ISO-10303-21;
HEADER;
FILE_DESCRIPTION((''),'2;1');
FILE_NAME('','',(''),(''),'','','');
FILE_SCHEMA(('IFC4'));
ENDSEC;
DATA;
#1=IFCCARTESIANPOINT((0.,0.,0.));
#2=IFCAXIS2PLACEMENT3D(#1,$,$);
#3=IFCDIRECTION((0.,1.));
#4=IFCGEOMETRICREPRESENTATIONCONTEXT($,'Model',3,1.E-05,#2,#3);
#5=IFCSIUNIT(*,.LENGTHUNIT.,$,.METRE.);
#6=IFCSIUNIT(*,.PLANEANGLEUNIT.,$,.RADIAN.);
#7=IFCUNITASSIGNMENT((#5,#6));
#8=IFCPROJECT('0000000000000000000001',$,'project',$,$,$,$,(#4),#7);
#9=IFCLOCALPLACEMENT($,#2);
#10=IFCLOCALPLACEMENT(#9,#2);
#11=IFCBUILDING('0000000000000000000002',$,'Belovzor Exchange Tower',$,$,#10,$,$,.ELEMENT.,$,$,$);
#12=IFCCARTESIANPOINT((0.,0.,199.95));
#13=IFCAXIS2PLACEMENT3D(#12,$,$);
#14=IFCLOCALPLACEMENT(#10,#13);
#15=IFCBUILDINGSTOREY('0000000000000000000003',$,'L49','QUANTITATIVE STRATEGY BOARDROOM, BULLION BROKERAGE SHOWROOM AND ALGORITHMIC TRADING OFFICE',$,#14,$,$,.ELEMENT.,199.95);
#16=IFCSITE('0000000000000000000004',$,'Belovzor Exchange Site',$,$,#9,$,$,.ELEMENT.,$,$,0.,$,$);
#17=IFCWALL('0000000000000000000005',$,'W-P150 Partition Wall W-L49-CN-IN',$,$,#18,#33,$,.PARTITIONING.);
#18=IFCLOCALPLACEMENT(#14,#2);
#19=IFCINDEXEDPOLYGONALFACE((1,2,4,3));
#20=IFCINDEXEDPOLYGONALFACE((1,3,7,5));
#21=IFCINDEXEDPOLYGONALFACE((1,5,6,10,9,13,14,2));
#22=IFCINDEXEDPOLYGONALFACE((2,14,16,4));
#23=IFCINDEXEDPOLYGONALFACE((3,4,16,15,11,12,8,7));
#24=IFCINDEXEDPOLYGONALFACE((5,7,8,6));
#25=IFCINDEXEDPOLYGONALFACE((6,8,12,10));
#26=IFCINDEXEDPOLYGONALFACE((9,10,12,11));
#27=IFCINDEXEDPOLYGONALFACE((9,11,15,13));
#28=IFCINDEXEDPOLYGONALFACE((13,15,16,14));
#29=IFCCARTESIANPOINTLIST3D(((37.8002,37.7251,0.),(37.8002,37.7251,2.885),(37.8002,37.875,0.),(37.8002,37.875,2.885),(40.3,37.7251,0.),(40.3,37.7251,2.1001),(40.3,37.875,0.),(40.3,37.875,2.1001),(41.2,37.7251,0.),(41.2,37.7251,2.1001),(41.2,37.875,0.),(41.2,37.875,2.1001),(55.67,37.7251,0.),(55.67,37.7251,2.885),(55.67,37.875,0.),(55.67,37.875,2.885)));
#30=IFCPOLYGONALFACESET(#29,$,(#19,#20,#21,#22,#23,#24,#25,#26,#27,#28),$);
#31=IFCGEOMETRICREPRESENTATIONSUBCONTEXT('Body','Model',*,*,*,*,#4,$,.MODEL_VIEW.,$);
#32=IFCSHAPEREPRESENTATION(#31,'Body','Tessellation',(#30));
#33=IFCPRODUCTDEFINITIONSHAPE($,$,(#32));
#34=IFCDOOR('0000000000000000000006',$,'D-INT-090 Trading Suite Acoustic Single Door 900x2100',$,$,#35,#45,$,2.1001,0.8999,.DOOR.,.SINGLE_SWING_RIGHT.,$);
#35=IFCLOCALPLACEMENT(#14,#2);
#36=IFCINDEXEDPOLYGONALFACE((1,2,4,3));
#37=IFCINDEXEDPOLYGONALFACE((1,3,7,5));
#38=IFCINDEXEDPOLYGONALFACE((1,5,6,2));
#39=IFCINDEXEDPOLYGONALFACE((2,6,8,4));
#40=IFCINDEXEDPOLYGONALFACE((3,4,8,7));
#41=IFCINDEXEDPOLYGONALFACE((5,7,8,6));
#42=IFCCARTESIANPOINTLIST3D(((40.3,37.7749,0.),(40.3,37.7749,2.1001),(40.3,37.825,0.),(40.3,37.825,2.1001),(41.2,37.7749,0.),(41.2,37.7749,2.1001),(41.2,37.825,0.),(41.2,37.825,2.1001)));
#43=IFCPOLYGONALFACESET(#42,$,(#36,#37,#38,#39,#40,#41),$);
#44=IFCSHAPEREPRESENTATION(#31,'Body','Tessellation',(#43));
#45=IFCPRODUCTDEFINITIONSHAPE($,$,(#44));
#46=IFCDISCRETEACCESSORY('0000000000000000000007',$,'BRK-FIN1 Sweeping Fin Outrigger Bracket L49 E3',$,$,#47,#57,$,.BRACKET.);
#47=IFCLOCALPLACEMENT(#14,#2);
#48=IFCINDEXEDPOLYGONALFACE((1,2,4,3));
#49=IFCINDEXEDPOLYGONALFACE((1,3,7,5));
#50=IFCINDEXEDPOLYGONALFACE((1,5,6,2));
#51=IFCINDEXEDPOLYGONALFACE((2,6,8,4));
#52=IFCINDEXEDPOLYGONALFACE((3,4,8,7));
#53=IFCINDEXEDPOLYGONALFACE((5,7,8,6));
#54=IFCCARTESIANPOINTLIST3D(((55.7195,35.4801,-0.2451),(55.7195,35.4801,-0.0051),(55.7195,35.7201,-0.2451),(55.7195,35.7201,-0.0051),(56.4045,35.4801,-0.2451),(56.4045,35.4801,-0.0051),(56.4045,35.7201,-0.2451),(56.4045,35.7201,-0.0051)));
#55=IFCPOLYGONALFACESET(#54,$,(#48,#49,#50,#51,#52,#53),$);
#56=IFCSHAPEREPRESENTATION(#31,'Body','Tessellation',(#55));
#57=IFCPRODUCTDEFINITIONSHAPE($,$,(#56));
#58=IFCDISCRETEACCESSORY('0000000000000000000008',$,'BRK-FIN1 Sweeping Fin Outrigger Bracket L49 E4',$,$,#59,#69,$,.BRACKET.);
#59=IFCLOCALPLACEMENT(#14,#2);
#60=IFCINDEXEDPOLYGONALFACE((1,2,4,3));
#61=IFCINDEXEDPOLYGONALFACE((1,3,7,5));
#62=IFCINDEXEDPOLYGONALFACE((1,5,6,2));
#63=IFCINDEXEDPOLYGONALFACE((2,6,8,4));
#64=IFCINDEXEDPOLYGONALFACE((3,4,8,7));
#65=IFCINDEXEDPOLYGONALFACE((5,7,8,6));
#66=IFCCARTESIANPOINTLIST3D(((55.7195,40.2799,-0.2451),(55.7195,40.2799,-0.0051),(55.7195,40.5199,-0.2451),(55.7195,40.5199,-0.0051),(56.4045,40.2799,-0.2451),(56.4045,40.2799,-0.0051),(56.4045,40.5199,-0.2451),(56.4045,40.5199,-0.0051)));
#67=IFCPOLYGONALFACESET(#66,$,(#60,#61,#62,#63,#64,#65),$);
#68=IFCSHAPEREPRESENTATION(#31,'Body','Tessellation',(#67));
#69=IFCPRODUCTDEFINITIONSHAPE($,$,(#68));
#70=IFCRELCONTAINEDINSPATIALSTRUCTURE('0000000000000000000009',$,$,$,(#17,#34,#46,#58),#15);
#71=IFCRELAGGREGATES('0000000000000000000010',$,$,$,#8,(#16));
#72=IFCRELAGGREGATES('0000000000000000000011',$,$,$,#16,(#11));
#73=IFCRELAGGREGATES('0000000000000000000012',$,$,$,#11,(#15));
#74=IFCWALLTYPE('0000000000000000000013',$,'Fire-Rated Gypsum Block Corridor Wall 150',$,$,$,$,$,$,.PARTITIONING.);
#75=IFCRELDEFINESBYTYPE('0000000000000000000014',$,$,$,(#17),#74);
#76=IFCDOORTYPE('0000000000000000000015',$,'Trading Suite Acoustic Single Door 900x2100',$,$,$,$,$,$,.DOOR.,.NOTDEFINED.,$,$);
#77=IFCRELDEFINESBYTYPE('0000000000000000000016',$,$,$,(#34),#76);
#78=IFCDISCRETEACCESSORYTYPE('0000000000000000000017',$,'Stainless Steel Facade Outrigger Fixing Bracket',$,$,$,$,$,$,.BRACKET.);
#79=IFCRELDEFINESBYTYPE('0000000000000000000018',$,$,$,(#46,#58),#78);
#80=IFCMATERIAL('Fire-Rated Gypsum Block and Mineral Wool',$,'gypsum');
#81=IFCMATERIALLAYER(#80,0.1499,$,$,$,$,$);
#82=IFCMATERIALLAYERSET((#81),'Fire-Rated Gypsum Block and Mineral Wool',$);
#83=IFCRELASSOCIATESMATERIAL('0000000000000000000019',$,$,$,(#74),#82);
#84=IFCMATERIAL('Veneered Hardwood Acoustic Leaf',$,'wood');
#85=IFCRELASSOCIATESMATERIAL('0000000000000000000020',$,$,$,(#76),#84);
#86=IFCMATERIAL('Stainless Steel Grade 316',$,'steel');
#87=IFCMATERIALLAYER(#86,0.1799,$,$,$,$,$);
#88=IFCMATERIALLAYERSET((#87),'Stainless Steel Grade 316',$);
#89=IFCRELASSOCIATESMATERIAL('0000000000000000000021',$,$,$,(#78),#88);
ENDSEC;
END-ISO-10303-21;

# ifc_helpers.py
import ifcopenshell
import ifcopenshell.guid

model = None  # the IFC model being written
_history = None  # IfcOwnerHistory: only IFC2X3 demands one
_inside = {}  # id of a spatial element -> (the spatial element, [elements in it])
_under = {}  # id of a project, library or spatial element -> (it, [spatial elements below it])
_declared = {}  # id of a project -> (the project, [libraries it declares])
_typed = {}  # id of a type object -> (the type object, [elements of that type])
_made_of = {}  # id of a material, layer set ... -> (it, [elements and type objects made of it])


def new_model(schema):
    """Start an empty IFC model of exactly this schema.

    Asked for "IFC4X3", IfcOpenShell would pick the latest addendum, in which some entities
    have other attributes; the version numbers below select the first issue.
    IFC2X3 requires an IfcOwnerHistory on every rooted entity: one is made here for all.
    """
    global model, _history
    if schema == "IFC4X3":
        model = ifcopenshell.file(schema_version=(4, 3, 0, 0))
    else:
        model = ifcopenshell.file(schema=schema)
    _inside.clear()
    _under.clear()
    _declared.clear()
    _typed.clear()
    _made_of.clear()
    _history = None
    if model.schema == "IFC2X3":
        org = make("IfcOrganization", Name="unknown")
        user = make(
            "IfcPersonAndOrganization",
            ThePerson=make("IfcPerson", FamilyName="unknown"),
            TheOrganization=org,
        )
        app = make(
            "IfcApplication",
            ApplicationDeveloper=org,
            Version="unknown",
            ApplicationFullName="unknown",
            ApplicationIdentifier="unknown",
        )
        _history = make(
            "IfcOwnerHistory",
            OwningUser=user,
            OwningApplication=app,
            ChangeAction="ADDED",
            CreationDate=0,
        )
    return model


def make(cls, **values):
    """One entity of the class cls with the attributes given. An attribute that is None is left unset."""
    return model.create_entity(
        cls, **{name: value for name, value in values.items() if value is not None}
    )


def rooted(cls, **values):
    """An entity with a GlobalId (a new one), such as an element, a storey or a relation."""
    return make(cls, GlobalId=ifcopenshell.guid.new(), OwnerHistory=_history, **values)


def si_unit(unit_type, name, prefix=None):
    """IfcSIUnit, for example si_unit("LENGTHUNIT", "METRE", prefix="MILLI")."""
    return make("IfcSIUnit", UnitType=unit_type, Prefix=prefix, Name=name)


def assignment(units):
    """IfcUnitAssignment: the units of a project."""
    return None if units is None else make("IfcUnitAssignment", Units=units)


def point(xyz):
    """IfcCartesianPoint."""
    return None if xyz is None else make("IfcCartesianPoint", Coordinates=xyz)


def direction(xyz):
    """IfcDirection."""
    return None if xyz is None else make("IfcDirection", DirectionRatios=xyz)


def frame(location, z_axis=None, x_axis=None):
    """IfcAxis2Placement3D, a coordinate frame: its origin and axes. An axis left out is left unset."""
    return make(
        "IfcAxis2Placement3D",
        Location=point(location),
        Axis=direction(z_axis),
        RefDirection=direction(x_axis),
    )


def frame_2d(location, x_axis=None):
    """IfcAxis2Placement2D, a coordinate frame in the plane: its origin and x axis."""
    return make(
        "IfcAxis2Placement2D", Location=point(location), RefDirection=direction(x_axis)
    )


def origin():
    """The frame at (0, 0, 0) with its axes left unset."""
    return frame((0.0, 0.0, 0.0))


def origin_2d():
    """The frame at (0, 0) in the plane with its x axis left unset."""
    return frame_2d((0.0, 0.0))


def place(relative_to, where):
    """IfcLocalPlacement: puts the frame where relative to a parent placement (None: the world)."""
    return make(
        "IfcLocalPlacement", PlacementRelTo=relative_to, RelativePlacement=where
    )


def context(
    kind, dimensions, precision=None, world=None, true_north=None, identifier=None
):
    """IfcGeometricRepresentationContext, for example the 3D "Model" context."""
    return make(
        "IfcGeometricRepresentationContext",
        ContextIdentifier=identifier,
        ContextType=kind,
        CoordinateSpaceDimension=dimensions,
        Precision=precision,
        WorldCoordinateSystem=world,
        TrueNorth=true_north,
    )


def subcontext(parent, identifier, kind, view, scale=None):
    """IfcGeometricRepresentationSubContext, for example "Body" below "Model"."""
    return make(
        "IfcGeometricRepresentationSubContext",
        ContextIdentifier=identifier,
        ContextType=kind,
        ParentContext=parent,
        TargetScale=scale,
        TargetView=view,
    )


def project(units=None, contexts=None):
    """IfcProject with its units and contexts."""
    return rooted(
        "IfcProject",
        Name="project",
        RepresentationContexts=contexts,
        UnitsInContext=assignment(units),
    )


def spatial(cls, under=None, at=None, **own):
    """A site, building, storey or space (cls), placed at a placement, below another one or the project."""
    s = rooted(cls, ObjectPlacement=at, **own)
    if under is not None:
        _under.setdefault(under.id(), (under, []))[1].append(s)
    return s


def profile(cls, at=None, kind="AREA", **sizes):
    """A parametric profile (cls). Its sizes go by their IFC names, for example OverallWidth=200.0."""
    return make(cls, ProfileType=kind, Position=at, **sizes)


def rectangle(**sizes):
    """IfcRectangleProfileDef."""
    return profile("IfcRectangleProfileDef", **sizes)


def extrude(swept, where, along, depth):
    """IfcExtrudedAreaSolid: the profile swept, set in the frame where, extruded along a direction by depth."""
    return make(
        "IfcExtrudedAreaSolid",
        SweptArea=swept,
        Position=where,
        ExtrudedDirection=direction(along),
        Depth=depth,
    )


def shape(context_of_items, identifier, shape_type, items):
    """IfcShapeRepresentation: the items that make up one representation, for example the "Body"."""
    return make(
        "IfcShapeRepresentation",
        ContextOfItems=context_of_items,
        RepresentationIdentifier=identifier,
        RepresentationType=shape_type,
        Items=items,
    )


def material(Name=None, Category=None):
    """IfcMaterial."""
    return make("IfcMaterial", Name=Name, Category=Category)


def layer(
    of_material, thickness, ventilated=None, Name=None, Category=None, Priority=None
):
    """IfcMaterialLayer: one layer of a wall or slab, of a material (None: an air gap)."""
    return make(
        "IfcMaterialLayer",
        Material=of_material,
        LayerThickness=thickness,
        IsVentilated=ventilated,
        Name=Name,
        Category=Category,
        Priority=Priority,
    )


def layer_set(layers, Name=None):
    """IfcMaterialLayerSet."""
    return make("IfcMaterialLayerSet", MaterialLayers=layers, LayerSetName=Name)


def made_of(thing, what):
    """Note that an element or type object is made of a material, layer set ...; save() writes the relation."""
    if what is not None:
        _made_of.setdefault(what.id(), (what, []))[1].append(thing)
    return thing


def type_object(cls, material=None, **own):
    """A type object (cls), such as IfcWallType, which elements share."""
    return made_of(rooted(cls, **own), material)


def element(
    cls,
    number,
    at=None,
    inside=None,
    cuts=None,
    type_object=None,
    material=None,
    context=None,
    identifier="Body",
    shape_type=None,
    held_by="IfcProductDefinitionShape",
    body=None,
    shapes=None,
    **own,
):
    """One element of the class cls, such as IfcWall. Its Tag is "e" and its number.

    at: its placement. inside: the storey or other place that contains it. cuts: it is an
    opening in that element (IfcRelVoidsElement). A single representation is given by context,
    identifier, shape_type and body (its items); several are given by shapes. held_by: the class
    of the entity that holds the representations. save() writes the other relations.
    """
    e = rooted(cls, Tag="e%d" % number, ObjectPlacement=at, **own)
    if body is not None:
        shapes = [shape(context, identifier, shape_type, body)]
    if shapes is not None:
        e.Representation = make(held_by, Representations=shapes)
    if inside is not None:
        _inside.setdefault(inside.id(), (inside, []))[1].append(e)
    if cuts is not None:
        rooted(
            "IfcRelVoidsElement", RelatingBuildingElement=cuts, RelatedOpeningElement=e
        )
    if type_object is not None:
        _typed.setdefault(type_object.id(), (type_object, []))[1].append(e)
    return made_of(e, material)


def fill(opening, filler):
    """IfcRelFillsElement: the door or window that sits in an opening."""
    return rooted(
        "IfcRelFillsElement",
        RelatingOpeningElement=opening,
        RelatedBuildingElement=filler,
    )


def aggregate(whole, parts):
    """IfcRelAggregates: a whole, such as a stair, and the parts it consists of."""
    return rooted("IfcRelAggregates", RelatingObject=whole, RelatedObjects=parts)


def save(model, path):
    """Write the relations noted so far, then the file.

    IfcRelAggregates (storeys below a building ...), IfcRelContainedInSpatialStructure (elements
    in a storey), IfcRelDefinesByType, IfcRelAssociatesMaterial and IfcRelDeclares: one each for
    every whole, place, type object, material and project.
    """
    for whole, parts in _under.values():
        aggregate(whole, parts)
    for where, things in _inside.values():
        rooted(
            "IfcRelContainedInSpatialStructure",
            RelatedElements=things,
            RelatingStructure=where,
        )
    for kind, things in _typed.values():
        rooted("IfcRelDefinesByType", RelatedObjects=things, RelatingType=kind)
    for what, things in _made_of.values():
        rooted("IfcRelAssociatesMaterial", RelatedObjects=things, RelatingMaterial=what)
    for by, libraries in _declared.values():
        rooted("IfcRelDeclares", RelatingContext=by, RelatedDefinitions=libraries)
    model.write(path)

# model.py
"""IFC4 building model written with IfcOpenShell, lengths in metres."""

from ifc_helpers import new_model, si_unit, direction, frame, frame_2d, origin, origin_2d, place, context, subcontext, project, spatial, rectangle, extrude, material, layer, layer_set, type_object, element, fill, save


model = new_model("IFC4")

# Units and contexts
model_context = context("Model", 3, precision=1e-05, world=origin(), true_north=direction((0.0, 1.0)))
body_context = subcontext(model_context, "Body", "Model", "MODEL_VIEW")
ifc_project = project(units=[si_unit("LENGTHUNIT", "METRE"), si_unit("PLANEANGLEUNIT", "RADIAN")], contexts=[model_context])

# Site, building, storey
site_placement = place(None, origin())
site = spatial("IfcSite", under=ifc_project, at=site_placement, Name="Belovzor Exchange Site", CompositionType="ELEMENT", RefElevation=0.0)
building_placement = place(site_placement, origin())
building = spatial("IfcBuilding", under=site, at=building_placement, Name="Belovzor Exchange Tower", CompositionType="ELEMENT")
storey_placement = place(building_placement, frame((0.0, 0.0, 199.95)))
storey = spatial("IfcBuildingStorey", under=building, at=storey_placement, Name="L49", Description="QUANTITATIVE STRATEGY BOARDROOM, BULLION BROKERAGE SHOWROOM AND ALGORITHMIC TRADING OFFICE", CompositionType="ELEMENT", Elevation=199.95)

# Shared definitions
ifc_material_1 = material(Name="Fire-Rated Gypsum Block and Mineral Wool", Category="gypsum")
ifc_layer_1 = layer(ifc_material_1, 0.1499)
ifc_layer_set_1 = layer_set([ifc_layer_1], Name="Fire-Rated Gypsum Block and Mineral Wool")
wall_type_1 = type_object("IfcWallType", Name="Fire-Rated Gypsum Block Corridor Wall 150", PredefinedType="PARTITIONING", material=ifc_layer_set_1)

# Wall, opening, door
wall_1_placement = place(storey_placement, frame((37.8, 37.8, 0.0), z_axis=(0.0, 0.0, 1.0), x_axis=(1.0, 0.0, 0.0)))
wall_1 = element("IfcWall", 1, at=wall_1_placement, inside=storey, type_object=wall_type_1, Name="W-P150 Partition Wall W-L49-CN-IN", PredefinedType="PARTITIONING", context=body_context, shape_type="SweptSolid", body=[
    extrude(rectangle(XDim=17.8699, YDim=0.1499, at=frame_2d((8.9351, 0.0))), origin(), (0.0, 0.0, 1.0), 2.885),
])
opening_placement = place(wall_1_placement, frame((2.5, 0.0, 0.0)))
opening = element("IfcOpeningElement", 2, at=opening_placement, cuts=wall_1, PredefinedType="OPENING", context=body_context, shape_type="SweptSolid", body=[
    extrude(rectangle(XDim=0.8999, YDim=2.1001, at=frame_2d((0.45, 1.05))), frame((0.0, 0.085, 0.0), z_axis=(0.0, -1.0, 0.0), x_axis=(1.0, 0.0, 0.0)), (0.0, 0.0, 1.0), 0.1699),
])
ifc_material_2 = material(Name="Veneered Hardwood Acoustic Leaf", Category="wood")
door_type = type_object("IfcDoorType", Name="Trading Suite Acoustic Single Door 900x2100", OperationType="NOTDEFINED", PredefinedType="DOOR", material=ifc_material_2)
door_placement = place(opening_placement, origin())
door = element("IfcDoor", 3, at=door_placement, inside=storey, type_object=door_type, Name="D-INT-090 Trading Suite Acoustic Single Door 900x2100", OperationType="SINGLE_SWING_RIGHT", OverallHeight=2.1001, OverallWidth=0.8999, PredefinedType="DOOR", context=body_context, shape_type="SweptSolid", body=[
    extrude(rectangle(XDim=0.8999, YDim=2.1001, at=frame_2d((0.45, 1.05))), frame((0.0, 0.0249, 0.0), z_axis=(0.0, -1.0, 0.0), x_axis=(1.0, 0.0, 0.0)), (0.0, 0.0, 1.0), 0.05),
])
fill(opening, door)

# Discrete accessories
ifc_material_3 = material(Name="Stainless Steel Grade 316", Category="steel")
ifc_layer_2 = layer(ifc_material_3, 0.1799)
ifc_layer_set_2 = layer_set([ifc_layer_2], Name="Stainless Steel Grade 316")
discrete_accessory_type = type_object("IfcDiscreteAccessoryType", Name="Stainless Steel Facade Outrigger Fixing Bracket", PredefinedType="BRACKET", material=ifc_layer_set_2)
for number, where, z_axis, x_axis, name in (
    (4, (56.062, 35.6001, -0.2451), (0.0, 0.0, 1.0), (1.0, 0.0, 0.0), "BRK-FIN1 Sweeping Fin Outrigger Bracket L49 E3"),
    (5, (56.062, 40.3999, -0.2451), (0.0, 0.0, 1.0), (1.0, 0.0, 0.0), "BRK-FIN1 Sweeping Fin Outrigger Bracket L49 E4"),
):
    element("IfcDiscreteAccessory", number, at=place(storey_placement, frame(where, z_axis=z_axis, x_axis=x_axis)), inside=storey, type_object=discrete_accessory_type, Name=name, PredefinedType="BRACKET", context=body_context, shape_type="SweptSolid", body=[
        extrude(rectangle(XDim=0.6851, YDim=0.24, at=origin_2d()), origin(), (0.0, 0.0, 1.0), 0.24),
    ])

save(model, "model.ifc")
